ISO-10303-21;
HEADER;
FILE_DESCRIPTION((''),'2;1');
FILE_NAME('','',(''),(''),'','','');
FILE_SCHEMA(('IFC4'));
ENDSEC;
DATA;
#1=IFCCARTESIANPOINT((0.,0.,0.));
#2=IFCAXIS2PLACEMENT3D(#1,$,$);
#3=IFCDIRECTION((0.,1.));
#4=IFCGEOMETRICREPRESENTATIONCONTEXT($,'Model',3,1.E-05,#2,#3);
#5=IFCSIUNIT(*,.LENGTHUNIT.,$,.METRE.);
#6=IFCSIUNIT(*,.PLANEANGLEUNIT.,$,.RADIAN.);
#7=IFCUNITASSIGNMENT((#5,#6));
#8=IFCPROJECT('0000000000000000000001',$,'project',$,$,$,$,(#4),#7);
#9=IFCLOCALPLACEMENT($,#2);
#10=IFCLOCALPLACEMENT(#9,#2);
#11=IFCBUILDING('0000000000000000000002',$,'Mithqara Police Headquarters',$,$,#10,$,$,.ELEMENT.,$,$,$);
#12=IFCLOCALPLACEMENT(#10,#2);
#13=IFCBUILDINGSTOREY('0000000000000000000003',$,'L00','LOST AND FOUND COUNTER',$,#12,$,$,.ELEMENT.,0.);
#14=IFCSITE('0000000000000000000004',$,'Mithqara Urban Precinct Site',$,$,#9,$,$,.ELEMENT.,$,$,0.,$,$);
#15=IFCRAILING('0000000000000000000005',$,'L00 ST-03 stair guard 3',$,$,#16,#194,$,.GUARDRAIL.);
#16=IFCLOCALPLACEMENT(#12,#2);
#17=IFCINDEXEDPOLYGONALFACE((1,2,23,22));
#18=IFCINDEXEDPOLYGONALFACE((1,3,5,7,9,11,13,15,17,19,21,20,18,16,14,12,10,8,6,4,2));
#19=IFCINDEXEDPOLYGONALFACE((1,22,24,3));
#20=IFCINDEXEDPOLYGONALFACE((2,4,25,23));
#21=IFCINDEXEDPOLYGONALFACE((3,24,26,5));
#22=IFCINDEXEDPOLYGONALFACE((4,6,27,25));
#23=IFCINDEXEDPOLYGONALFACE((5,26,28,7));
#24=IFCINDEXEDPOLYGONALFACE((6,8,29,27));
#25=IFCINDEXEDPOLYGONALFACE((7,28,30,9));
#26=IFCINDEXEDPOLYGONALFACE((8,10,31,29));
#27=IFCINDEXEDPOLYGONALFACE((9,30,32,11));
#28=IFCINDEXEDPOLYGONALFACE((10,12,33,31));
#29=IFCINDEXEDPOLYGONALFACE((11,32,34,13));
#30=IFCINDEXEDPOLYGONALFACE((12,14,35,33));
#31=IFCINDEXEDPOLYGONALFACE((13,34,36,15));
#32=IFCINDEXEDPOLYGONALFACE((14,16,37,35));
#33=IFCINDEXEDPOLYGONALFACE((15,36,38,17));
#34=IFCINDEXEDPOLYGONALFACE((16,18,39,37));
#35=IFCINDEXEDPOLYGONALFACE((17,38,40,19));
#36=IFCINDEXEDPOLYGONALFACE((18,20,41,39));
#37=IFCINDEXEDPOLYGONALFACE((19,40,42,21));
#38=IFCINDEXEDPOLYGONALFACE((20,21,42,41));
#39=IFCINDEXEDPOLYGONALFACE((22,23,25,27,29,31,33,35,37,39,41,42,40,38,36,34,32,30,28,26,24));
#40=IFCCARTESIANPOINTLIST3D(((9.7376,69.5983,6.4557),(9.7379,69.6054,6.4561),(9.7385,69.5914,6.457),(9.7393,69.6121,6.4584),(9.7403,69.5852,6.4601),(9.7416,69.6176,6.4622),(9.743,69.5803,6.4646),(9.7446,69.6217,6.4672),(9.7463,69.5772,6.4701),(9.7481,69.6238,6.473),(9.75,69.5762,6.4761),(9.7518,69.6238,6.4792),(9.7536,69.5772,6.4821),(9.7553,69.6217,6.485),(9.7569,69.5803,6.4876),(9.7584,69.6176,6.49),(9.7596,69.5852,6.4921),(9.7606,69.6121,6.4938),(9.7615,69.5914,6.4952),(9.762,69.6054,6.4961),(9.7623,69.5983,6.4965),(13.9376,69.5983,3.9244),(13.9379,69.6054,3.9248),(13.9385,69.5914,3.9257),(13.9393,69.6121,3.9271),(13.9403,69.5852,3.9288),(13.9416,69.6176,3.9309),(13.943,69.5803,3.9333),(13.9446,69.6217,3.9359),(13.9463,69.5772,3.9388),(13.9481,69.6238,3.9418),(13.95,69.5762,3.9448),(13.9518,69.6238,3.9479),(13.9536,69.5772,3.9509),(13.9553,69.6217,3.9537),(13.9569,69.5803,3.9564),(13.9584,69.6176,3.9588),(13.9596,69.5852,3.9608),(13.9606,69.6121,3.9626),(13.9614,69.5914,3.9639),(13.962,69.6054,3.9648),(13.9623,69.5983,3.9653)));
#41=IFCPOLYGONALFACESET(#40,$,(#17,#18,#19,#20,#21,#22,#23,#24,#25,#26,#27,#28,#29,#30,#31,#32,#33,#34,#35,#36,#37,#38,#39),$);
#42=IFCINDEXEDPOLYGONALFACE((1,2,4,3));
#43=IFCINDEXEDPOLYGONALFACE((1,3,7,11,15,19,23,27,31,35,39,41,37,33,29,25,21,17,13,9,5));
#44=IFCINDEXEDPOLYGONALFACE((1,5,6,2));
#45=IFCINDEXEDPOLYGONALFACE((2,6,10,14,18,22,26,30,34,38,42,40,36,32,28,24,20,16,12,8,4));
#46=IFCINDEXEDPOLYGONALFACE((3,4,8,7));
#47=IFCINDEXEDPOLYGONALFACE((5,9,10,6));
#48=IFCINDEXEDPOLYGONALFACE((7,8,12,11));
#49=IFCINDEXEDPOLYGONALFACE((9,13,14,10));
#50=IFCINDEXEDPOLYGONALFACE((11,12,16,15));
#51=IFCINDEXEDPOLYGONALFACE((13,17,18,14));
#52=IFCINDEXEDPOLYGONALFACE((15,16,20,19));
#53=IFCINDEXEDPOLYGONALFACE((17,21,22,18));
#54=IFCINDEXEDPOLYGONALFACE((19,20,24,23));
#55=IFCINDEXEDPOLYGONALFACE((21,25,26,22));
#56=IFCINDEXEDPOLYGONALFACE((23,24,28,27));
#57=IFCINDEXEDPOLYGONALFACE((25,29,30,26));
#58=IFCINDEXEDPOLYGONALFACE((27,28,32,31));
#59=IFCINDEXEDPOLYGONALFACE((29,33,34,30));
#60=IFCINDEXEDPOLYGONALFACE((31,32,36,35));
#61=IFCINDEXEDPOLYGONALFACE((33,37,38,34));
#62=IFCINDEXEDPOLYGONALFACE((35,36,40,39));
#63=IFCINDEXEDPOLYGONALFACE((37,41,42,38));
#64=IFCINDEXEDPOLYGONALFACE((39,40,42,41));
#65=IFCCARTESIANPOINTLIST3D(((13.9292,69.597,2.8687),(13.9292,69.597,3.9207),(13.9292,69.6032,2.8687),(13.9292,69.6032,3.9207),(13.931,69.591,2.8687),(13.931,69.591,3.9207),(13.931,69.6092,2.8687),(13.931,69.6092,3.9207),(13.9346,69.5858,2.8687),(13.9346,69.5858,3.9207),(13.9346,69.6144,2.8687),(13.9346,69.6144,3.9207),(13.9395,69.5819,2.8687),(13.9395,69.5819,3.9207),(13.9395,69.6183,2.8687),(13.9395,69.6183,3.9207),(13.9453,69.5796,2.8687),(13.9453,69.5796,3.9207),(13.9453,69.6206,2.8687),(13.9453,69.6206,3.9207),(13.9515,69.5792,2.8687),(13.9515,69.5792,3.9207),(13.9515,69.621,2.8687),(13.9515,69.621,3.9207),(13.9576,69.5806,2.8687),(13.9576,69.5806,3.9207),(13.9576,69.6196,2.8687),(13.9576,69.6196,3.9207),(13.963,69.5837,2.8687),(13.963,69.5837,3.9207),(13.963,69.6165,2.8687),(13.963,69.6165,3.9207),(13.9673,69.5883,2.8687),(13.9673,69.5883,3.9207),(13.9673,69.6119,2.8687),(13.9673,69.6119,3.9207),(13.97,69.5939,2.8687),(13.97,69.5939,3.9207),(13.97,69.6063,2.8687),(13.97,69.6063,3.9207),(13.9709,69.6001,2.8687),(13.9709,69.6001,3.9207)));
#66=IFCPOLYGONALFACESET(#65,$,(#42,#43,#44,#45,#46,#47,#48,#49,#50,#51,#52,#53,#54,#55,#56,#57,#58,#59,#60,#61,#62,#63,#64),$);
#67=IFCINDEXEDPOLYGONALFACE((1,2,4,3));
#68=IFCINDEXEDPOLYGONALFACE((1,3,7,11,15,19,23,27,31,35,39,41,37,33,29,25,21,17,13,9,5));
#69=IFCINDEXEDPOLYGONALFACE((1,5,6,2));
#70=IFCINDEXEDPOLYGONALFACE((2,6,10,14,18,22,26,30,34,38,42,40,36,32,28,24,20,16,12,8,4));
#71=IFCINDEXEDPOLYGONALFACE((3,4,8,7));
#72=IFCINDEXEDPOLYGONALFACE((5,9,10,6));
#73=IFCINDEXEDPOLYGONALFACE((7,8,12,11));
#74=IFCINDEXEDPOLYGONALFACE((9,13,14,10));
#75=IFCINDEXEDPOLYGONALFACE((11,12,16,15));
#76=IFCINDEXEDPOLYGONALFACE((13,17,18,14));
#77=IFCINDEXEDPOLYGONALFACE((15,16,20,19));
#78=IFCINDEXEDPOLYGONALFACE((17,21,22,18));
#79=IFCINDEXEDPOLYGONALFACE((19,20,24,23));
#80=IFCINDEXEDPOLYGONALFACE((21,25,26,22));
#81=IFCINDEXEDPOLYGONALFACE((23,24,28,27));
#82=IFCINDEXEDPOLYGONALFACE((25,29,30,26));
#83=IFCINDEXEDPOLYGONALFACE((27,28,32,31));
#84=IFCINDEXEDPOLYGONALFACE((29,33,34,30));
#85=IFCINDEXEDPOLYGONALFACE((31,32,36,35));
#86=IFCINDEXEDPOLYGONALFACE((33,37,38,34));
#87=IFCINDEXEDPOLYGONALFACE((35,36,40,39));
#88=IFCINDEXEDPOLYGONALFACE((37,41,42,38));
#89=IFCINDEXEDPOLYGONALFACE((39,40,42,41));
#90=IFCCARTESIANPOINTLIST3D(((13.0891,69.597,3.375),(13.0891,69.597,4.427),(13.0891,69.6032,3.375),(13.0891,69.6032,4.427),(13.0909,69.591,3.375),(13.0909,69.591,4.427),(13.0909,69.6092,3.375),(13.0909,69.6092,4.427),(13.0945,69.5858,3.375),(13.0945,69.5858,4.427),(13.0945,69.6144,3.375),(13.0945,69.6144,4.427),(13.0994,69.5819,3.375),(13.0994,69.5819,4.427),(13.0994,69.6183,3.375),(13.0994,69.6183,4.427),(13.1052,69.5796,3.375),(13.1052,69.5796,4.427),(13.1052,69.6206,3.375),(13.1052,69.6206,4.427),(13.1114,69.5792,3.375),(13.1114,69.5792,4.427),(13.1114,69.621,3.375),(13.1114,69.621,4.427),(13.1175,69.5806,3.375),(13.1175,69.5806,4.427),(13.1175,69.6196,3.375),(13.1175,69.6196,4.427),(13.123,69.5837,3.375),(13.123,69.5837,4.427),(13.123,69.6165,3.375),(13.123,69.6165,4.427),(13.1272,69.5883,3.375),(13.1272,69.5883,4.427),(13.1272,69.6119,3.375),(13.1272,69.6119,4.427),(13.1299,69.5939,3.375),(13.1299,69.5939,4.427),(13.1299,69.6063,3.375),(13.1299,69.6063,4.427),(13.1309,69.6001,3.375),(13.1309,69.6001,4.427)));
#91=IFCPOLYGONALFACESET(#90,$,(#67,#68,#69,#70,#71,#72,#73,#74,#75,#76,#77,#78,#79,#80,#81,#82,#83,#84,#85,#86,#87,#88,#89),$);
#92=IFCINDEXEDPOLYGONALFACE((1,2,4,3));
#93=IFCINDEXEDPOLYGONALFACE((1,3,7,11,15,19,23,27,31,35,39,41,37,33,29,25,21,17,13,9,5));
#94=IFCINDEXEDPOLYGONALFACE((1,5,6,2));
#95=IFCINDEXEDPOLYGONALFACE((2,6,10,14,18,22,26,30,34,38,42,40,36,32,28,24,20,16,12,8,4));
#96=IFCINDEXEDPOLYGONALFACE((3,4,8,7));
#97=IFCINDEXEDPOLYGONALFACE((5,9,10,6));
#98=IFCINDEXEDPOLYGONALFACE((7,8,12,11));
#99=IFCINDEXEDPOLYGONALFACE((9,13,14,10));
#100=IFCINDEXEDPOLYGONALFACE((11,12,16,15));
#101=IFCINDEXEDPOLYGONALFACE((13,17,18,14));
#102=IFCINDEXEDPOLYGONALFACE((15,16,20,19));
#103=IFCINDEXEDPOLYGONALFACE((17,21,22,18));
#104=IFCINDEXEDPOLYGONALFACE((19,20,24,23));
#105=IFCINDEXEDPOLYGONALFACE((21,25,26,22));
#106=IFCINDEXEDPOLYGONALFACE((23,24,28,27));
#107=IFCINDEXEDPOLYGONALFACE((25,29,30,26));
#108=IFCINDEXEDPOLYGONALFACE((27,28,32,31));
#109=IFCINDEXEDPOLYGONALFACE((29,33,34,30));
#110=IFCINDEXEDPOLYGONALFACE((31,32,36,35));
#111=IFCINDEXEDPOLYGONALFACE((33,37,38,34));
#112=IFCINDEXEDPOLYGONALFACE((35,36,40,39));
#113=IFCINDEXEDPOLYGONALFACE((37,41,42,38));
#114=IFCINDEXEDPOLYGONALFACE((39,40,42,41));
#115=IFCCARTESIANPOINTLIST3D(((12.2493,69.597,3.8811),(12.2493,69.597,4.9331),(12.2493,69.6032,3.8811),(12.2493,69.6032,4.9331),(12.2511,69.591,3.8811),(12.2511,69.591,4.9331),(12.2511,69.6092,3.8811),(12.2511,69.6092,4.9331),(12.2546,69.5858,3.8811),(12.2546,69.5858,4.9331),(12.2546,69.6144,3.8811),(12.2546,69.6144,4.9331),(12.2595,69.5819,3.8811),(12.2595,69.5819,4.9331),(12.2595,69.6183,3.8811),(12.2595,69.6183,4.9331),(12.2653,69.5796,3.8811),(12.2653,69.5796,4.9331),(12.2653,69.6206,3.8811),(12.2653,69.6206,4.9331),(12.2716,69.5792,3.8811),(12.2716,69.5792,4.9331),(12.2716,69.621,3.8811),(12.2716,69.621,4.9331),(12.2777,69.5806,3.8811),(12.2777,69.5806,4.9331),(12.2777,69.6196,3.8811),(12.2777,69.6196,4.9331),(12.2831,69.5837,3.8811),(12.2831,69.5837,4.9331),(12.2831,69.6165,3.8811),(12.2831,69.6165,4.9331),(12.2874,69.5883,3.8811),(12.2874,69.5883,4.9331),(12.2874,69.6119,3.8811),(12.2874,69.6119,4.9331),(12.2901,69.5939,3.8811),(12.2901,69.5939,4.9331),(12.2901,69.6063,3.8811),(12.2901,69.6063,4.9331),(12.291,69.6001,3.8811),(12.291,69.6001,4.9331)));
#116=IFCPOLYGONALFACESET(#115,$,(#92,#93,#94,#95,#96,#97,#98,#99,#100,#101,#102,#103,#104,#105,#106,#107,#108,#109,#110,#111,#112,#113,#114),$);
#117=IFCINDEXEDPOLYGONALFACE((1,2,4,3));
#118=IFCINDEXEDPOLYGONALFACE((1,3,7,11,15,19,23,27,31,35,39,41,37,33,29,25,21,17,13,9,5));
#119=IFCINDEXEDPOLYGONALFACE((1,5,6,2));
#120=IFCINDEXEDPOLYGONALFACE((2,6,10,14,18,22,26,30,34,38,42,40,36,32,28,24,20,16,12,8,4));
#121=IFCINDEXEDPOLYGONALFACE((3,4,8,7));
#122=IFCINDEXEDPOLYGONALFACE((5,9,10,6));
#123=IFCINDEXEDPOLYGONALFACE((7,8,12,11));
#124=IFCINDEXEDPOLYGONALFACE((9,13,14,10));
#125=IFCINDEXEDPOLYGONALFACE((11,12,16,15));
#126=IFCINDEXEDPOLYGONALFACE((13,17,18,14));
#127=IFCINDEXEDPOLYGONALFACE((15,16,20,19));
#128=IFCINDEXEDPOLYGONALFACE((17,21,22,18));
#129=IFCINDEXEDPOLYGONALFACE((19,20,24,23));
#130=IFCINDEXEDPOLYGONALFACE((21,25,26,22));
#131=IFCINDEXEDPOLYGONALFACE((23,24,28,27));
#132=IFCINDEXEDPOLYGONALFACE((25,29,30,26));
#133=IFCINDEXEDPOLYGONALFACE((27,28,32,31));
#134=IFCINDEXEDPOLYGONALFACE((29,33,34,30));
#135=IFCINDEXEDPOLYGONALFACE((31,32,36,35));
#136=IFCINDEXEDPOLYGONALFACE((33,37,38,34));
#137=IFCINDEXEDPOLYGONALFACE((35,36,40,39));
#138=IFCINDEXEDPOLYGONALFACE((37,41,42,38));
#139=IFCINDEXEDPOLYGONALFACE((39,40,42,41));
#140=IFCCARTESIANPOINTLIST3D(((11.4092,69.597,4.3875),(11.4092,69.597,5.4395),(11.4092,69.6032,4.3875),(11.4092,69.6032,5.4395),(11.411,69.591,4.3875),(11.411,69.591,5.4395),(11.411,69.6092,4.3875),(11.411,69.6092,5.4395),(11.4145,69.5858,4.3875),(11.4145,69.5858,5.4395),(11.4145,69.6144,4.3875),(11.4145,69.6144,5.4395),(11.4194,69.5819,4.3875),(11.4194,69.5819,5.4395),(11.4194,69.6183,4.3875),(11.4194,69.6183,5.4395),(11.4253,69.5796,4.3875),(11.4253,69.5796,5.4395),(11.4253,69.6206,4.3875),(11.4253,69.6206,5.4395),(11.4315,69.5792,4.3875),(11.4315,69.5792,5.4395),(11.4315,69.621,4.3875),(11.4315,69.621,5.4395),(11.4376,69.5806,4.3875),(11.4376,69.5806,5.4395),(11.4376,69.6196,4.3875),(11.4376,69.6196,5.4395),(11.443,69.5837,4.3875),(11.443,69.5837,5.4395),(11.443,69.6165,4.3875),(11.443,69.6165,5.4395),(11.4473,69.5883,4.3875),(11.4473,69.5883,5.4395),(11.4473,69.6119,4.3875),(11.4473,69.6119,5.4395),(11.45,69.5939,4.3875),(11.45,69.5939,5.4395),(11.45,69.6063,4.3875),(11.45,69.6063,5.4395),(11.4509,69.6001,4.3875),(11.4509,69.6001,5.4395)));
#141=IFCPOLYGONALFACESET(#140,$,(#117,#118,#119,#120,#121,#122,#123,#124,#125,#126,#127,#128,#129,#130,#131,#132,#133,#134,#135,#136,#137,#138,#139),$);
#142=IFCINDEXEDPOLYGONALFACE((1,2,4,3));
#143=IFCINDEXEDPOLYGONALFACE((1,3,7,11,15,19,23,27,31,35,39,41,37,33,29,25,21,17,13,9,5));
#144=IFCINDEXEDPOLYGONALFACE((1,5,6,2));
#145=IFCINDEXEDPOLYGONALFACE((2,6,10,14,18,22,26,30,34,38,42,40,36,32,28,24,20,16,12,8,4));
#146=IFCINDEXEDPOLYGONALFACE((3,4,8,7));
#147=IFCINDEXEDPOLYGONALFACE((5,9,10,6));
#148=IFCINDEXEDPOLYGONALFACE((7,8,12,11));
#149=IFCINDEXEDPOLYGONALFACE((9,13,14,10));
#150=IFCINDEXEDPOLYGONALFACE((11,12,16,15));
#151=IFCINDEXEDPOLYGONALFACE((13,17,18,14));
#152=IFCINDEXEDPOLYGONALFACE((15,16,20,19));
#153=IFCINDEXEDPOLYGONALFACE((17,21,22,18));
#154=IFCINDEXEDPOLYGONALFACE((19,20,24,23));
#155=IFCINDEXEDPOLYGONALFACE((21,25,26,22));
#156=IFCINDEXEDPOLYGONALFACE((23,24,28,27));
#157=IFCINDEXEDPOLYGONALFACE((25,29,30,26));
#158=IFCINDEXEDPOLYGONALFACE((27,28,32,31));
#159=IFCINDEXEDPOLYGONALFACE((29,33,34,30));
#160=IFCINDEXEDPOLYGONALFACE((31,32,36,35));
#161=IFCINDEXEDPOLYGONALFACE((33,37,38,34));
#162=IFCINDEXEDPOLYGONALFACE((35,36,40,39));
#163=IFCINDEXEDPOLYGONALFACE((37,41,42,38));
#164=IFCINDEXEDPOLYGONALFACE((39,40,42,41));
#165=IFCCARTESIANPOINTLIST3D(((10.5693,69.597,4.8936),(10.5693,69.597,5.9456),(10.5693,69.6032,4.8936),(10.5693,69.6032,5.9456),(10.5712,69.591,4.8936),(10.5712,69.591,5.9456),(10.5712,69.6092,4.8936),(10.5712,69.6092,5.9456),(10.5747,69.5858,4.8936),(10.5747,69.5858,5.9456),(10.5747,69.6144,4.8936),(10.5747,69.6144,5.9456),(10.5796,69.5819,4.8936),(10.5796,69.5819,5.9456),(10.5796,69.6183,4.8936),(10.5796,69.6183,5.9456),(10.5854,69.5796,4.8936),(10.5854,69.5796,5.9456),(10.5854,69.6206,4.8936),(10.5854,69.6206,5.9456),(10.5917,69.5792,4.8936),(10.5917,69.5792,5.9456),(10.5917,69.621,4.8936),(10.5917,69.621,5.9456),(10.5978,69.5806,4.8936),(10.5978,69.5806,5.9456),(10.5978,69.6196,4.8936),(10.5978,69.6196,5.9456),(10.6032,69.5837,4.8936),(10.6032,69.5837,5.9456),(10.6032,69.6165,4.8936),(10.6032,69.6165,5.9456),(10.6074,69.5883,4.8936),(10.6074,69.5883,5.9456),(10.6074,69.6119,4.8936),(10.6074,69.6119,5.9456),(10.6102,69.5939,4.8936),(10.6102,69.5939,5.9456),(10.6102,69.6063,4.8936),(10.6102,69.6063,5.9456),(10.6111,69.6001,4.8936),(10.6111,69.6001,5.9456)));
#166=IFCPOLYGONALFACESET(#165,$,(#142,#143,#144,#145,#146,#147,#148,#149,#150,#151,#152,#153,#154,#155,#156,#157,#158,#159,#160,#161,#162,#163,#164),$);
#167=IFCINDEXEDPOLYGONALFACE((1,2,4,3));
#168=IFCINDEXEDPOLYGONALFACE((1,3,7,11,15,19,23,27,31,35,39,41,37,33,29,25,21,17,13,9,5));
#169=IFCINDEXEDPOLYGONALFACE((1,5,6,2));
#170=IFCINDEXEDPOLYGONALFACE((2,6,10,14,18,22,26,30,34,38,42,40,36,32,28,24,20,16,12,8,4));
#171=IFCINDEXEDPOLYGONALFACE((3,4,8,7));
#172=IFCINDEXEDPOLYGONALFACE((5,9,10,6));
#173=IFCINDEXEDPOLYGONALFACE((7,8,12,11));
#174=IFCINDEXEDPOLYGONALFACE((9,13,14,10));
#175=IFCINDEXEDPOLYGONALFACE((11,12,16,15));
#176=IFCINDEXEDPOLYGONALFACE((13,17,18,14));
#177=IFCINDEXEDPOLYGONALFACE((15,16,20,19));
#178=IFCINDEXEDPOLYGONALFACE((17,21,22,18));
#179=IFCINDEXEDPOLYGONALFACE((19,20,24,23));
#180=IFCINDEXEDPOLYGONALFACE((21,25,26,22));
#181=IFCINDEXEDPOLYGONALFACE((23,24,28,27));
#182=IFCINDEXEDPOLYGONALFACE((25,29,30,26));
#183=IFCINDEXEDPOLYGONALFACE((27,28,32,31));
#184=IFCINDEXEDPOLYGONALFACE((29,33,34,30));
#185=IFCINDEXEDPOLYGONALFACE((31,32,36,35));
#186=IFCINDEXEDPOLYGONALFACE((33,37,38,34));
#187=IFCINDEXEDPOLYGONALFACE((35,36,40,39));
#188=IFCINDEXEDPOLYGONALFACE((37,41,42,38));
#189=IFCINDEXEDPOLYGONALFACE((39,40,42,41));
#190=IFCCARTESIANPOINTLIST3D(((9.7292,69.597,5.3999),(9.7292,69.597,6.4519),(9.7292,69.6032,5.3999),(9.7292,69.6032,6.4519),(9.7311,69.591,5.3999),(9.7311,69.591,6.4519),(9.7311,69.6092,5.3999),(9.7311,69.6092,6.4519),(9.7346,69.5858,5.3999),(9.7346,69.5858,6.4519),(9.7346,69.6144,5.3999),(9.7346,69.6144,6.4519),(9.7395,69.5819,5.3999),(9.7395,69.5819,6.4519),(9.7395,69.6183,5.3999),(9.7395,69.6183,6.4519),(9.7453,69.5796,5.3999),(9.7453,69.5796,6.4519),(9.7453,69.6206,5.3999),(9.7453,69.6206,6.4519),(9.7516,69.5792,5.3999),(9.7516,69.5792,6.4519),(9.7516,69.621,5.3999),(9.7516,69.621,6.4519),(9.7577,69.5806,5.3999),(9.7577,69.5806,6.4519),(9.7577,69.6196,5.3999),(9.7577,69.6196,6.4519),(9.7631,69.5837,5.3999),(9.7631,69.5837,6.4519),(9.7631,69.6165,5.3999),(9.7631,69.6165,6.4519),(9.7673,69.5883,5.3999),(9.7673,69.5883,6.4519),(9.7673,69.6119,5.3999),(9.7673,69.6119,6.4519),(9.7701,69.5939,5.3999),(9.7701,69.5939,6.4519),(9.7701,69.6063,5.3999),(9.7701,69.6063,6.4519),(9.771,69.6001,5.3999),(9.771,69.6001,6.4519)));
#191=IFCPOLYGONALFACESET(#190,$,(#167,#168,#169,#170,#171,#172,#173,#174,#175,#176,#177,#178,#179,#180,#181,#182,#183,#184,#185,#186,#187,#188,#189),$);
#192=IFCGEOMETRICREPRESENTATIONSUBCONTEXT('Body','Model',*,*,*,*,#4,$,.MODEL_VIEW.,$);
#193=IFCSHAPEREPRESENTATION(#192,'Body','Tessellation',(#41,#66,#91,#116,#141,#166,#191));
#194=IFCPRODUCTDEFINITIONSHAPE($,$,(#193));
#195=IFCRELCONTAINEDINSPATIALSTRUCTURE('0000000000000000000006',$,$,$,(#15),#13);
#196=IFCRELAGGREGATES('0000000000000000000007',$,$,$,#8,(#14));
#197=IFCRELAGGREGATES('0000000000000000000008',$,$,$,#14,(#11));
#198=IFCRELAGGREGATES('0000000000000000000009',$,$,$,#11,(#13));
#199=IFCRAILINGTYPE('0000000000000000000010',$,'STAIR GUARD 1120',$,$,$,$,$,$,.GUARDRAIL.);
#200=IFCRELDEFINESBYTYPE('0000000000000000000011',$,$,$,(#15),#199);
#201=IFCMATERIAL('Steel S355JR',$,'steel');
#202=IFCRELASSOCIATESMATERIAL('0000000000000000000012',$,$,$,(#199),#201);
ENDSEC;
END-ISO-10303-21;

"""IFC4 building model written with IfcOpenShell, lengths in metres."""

from ifc_helpers import new_model, si_unit, direction, frame, origin, origin_2d, place, context, subcontext, project, spatial, circle, extrude, material, type_object, element, save


model = new_model("IFC4")

# Units and contexts
model_context = context("Model", 3, precision=1e-05, world=origin(), true_north=direction((0.0, 1.0)))
body_context = subcontext(model_context, "Body", "Model", "MODEL_VIEW")
ifc_project = project(units=[si_unit("LENGTHUNIT", "METRE"), si_unit("PLANEANGLEUNIT", "RADIAN")], contexts=[model_context])

# Site, building, storey
site_placement = place(None, origin())
site = spatial("IfcSite", under=ifc_project, at=site_placement, Name="Mithqara Urban Precinct Site", CompositionType="ELEMENT", RefElevation=0.0)
building_placement = place(site_placement, origin())
building = spatial("IfcBuilding", under=site, at=building_placement, Name="Mithqara Police Headquarters", CompositionType="ELEMENT")
storey_placement = place(building_placement, origin())
storey = spatial("IfcBuildingStorey", under=building, at=storey_placement, Name="L00", Description="LOST AND FOUND COUNTER", CompositionType="ELEMENT", Elevation=0.0)

# Shared definitions
ifc_material_1 = material(Name="Steel S355JR", Category="steel")

# Railing
railing_type_1 = type_object("IfcRailingType", Name="STAIR GUARD 1120", PredefinedType="GUARDRAIL", material=ifc_material_1)
railing_1_placement = place(storey_placement, frame((13.95, 69.6001, 2.8687)))
element("IfcRailing", 1, at=railing_1_placement, inside=storey, type_object=railing_type_1, Name="L00 ST-03 stair guard 3", PredefinedType="GUARDRAIL", context=body_context, shape_type="SweptSolid", body=[
    extrude(circle(Radius=0.0239, at=origin_2d()), frame((0.0, 0.0, 1.0762), z_axis=(-0.856476, 0.0, 0.516186), x_axis=(0.0, -1.0, 0.0)), (0.0, 0.0, 1.0), 4.9038),
    extrude(circle(Radius=0.021, at=origin_2d()), origin(), (0.0, 0.0, 1.0), 1.052),
    extrude(circle(Radius=0.021, at=origin_2d()), frame((-0.8401, 0.0, 0.5063)), (0.0, 0.0, 1.0), 1.052),
    extrude(circle(Radius=0.021, at=origin_2d()), frame((-1.6799, 0.0, 1.0125)), (0.0, 0.0, 1.0), 1.052),
    extrude(circle(Radius=0.021, at=origin_2d()), frame((-2.52, 0.0, 1.5188)), (0.0, 0.0, 1.0), 1.052),
    extrude(circle(Radius=0.021, at=origin_2d()), frame((-3.3599, 0.0, 2.0249)), (0.0, 0.0, 1.0), 1.052),
    extrude(circle(Radius=0.021, at=origin_2d()), frame((-4.2, 0.0, 2.5312)), (0.0, 0.0, 1.0), 1.052),
])

save(model, "model.ifc")
